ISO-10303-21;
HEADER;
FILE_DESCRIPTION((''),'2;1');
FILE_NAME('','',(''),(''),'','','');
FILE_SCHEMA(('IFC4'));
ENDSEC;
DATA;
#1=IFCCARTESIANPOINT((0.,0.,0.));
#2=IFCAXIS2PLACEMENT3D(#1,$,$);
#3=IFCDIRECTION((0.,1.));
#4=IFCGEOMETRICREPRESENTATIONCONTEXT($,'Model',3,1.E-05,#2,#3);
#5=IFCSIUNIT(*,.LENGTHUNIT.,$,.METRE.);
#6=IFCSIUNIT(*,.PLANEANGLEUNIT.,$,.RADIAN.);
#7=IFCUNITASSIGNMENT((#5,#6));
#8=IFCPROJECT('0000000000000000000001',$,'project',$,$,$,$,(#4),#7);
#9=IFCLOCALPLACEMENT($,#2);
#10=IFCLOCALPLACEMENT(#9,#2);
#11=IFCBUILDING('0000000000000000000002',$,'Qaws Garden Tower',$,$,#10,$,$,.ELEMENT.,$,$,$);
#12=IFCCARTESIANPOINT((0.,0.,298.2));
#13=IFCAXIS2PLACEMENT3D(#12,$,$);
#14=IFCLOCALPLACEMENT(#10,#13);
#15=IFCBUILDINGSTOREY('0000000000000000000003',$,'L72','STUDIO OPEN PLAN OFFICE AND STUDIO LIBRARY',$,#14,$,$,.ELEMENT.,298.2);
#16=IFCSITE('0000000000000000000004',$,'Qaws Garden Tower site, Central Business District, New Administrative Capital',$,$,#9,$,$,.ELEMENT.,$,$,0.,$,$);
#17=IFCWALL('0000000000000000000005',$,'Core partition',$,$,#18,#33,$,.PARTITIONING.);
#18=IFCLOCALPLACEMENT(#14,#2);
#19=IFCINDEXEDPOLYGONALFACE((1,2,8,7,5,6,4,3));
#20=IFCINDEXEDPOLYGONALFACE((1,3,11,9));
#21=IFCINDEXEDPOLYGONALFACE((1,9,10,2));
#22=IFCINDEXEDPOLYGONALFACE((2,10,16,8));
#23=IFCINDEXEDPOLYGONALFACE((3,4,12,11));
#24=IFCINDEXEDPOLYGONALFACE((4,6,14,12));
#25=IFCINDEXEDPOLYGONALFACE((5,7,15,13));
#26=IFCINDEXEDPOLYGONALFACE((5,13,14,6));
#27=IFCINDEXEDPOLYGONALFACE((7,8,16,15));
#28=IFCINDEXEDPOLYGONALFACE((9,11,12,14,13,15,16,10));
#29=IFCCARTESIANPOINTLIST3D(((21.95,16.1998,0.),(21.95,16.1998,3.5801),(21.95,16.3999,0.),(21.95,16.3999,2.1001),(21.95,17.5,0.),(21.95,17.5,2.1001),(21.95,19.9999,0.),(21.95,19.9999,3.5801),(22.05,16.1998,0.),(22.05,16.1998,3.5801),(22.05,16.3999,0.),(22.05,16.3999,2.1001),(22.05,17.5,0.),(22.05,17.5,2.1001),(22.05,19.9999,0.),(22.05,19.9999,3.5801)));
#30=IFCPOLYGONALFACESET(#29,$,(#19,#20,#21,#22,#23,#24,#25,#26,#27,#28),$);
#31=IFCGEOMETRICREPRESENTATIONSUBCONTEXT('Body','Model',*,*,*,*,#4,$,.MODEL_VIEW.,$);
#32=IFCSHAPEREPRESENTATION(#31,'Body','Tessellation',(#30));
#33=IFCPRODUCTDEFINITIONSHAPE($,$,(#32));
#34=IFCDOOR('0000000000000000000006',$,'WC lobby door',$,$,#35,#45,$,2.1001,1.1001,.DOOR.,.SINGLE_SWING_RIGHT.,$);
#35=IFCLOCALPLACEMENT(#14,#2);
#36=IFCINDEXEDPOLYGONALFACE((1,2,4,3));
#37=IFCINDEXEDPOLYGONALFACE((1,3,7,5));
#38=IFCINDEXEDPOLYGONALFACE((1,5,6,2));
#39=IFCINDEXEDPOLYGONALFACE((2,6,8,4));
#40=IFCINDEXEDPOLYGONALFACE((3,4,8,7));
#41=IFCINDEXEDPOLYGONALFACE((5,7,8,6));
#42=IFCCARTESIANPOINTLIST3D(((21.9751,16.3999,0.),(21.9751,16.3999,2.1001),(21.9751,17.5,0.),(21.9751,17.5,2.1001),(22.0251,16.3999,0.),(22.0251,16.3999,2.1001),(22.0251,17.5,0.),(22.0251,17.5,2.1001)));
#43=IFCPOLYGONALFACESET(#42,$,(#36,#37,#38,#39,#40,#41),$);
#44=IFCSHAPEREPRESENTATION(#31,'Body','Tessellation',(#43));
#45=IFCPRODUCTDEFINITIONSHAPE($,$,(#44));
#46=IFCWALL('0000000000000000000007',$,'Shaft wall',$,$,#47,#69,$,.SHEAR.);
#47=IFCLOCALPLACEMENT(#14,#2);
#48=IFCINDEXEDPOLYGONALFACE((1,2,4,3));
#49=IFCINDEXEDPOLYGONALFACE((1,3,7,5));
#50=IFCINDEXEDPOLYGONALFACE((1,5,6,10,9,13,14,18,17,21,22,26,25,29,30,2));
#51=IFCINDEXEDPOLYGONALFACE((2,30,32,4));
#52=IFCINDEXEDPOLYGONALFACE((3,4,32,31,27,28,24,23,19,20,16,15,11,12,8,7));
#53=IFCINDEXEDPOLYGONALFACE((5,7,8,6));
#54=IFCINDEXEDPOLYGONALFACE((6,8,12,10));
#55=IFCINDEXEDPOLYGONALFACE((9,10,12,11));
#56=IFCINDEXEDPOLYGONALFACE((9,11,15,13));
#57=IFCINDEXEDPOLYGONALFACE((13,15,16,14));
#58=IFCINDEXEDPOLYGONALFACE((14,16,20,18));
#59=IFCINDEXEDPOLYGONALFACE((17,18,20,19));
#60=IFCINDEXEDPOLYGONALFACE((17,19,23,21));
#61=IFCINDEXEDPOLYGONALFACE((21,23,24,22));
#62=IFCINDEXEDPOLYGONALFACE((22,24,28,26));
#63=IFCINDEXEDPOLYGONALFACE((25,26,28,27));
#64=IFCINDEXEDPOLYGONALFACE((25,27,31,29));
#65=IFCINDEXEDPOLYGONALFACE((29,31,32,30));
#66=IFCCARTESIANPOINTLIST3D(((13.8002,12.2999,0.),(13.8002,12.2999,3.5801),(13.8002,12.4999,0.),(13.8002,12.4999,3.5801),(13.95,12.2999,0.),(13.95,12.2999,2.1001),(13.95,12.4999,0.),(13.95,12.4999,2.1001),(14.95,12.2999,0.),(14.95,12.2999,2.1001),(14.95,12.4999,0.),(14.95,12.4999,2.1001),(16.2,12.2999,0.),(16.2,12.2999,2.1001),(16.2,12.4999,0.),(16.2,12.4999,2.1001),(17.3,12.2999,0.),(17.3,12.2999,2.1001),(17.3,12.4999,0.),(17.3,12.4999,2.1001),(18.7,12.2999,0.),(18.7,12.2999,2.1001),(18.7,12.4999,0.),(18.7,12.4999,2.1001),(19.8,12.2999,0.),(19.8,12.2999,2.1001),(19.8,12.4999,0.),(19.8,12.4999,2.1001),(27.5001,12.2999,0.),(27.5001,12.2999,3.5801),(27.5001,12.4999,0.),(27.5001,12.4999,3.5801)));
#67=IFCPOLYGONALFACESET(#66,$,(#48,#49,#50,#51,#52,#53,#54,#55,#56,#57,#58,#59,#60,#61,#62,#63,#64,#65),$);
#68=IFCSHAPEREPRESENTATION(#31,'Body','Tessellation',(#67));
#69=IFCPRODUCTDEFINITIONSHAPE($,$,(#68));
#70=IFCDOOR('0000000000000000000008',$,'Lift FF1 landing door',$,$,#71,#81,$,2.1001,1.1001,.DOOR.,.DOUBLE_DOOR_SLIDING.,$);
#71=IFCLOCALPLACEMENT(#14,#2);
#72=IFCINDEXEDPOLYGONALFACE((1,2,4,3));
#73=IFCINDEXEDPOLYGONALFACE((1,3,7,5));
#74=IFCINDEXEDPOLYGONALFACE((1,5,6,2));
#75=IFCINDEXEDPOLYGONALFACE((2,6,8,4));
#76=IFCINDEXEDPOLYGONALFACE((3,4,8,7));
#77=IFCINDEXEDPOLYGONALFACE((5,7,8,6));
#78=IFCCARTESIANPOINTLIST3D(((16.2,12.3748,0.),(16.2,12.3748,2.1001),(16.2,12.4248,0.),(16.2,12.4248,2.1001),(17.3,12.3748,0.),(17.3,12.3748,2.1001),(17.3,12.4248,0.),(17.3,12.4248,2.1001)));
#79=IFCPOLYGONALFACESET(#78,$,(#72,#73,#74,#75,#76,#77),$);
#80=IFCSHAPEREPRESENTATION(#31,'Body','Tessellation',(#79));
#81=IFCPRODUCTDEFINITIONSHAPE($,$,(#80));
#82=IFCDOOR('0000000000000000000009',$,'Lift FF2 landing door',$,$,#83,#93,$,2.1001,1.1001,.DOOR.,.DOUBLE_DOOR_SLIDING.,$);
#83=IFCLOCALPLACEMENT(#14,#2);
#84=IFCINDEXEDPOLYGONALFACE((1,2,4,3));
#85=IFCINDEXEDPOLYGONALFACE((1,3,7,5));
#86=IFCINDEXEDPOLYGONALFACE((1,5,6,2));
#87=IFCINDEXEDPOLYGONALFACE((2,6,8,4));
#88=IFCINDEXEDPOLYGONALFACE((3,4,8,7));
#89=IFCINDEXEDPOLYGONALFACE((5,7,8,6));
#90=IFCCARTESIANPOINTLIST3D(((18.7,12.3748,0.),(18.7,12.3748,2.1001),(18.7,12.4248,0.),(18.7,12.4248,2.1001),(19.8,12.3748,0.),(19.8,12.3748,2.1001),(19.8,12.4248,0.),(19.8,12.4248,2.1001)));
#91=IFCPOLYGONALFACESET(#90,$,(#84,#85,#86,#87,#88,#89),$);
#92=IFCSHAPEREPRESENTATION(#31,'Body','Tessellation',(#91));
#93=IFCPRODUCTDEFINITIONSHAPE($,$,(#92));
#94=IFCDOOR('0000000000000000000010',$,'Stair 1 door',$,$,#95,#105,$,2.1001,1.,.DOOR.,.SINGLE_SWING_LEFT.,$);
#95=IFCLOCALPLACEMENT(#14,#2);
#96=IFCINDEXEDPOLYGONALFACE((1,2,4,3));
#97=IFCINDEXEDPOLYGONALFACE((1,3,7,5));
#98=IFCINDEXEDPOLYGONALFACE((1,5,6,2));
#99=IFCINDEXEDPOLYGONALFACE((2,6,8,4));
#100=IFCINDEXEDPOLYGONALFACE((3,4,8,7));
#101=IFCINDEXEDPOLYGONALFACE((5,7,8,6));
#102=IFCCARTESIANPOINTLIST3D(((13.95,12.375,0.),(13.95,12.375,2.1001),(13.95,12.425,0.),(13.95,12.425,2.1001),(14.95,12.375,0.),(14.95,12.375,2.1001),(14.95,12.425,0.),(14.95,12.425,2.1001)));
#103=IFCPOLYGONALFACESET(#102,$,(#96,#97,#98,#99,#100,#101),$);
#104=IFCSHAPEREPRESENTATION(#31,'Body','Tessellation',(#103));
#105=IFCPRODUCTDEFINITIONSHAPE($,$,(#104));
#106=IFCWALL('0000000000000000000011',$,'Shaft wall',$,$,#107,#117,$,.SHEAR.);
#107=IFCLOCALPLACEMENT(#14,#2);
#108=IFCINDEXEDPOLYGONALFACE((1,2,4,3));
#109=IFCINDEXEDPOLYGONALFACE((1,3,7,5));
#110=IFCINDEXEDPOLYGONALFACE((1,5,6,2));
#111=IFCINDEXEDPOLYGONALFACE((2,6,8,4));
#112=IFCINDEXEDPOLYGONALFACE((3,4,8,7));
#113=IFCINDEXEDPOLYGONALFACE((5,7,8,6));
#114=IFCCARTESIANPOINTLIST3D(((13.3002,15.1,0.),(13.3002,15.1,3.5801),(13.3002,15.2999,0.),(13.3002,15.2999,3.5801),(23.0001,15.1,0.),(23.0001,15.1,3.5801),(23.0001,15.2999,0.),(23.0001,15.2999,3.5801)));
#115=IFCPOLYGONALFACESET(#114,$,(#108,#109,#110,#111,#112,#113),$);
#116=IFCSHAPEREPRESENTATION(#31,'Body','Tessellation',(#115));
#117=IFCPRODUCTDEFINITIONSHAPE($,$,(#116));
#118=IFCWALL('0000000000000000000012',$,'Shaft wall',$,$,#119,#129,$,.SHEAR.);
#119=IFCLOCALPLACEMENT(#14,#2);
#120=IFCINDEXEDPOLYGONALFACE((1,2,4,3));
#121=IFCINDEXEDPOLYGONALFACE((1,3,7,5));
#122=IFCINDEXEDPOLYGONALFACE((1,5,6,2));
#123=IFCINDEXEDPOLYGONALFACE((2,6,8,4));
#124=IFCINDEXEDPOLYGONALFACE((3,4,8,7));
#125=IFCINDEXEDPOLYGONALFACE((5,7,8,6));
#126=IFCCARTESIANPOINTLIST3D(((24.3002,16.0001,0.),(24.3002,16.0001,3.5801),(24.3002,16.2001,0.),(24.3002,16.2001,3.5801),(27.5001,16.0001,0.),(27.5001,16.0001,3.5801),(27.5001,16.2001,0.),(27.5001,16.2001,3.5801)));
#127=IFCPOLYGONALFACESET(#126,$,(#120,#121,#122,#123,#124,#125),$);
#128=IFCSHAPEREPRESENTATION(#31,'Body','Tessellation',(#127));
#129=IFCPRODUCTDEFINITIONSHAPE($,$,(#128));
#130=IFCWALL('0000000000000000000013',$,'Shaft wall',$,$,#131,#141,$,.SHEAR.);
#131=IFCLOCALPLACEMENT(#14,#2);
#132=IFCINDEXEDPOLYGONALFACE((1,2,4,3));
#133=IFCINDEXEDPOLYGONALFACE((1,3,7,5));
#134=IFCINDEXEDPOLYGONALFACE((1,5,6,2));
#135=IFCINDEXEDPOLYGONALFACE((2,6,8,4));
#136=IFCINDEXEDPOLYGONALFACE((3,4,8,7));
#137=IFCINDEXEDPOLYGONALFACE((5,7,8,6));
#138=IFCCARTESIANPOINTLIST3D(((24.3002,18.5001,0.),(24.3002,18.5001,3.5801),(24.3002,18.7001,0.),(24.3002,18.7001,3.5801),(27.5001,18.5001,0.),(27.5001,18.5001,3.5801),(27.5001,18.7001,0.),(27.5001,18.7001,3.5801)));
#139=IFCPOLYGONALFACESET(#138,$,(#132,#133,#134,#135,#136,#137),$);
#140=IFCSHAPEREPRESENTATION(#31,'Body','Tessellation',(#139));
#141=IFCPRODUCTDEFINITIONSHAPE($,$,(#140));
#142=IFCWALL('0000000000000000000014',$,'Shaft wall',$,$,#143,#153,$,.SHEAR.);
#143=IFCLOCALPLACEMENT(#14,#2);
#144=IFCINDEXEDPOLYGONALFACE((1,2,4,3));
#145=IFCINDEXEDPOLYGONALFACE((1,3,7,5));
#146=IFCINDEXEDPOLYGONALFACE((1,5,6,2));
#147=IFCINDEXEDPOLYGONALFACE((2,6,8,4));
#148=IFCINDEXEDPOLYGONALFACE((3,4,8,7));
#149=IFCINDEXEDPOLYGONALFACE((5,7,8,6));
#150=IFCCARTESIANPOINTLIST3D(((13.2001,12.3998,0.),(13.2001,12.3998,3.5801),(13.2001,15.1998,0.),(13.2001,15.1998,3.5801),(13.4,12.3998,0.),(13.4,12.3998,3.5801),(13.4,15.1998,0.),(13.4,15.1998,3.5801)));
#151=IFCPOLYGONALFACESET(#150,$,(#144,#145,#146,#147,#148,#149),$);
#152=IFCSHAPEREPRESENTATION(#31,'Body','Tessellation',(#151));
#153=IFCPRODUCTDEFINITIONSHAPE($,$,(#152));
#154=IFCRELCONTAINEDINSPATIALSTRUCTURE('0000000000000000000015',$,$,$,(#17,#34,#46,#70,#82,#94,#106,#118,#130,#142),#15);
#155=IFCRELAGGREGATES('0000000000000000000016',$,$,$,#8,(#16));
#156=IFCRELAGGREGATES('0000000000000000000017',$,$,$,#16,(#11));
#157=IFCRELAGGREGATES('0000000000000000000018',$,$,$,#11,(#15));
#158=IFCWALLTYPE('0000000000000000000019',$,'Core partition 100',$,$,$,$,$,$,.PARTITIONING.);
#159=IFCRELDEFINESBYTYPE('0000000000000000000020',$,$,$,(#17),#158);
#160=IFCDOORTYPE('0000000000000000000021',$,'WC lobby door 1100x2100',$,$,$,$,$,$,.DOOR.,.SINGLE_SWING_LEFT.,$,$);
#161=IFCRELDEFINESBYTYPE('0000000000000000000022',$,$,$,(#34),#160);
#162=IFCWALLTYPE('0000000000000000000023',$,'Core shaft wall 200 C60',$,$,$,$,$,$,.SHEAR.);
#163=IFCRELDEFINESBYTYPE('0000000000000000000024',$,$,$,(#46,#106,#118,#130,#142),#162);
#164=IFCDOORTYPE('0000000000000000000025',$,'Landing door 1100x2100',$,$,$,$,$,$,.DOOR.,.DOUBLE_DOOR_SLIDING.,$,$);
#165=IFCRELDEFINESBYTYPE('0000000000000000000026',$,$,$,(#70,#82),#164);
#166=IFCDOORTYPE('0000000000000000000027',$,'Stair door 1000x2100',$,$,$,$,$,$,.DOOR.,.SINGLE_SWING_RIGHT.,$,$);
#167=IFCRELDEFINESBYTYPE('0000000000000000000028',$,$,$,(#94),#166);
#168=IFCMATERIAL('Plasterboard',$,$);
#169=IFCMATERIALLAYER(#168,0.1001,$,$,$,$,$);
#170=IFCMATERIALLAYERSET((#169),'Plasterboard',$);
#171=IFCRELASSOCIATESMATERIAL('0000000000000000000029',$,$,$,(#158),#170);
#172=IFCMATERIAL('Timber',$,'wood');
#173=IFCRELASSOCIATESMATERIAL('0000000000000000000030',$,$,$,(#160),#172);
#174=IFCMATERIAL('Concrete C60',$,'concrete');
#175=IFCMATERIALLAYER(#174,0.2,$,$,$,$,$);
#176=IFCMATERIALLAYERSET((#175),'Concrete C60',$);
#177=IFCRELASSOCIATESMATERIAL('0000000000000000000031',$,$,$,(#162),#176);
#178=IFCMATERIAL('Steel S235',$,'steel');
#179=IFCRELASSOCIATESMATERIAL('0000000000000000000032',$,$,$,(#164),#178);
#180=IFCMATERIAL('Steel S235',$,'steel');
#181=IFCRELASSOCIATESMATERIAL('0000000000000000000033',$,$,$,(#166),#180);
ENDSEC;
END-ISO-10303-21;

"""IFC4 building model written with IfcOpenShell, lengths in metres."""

from ifc_helpers import new_model, si_unit, direction, frame, frame_2d, origin, place, context, subcontext, project, spatial, rectangle, extrude, material, layer, layer_set, type_object, element, fill, save


model = new_model("IFC4")

# Units and contexts
model_context = context("Model", 3, precision=1e-05, world=origin(), true_north=direction((0.0, 1.0)))
body_context = subcontext(model_context, "Body", "Model", "MODEL_VIEW")
ifc_project = project(units=[si_unit("LENGTHUNIT", "METRE"), si_unit("PLANEANGLEUNIT", "RADIAN")], contexts=[model_context])

# Site, building, storey
site_placement = place(None, origin())
site = spatial("IfcSite", under=ifc_project, at=site_placement, Name="Qaws Garden Tower site, Central Business District, New Administrative Capital", CompositionType="ELEMENT", RefElevation=0.0)
building_placement = place(site_placement, origin())
building = spatial("IfcBuilding", under=site, at=building_placement, Name="Qaws Garden Tower", CompositionType="ELEMENT")
storey_placement = place(building_placement, frame((0.0, 0.0, 298.2)))
storey = spatial("IfcBuildingStorey", under=building, at=storey_placement, Name="L72", Description="STUDIO OPEN PLAN OFFICE AND STUDIO LIBRARY", CompositionType="ELEMENT", Elevation=298.2)

# Shared definitions
ifc_material_1 = material(Name="Plasterboard")
ifc_layer_1 = layer(ifc_material_1, 0.1001)
ifc_layer_set_1 = layer_set([ifc_layer_1], Name="Plasterboard")
wall_type_1 = type_object("IfcWallType", Name="Core partition 100", PredefinedType="PARTITIONING", material=ifc_layer_set_1)

# Wall, opening, door
wall_1_placement = place(storey_placement, frame((22.0, 16.2, 0.0), z_axis=(0.0, 0.0, 1.0), x_axis=(0.0, 1.0, 0.0)))
wall_1 = element("IfcWall", 1, at=wall_1_placement, inside=storey, type_object=wall_type_1, Name="Core partition", PredefinedType="PARTITIONING", context=body_context, shape_type="SweptSolid", body=[
    extrude(rectangle(XDim=3.8, YDim=0.1001, at=frame_2d((1.8999, 0.0))), origin(), (0.0, 0.0, 1.0), 3.5801),
])
opening_1_placement = place(wall_1_placement, frame((0.2, 0.0, 0.0)))
opening_1 = element("IfcOpeningElement", 2, at=opening_1_placement, cuts=wall_1, PredefinedType="OPENING", context=body_context, shape_type="SweptSolid", body=[
    extrude(rectangle(XDim=1.1001, YDim=2.1001, at=frame_2d((0.55, 1.05))), frame((0.0, 0.0601, 0.0), z_axis=(0.0, -1.0, 0.0), x_axis=(1.0, 0.0, 0.0)), (0.0, 0.0, 1.0), 0.1201),
])
ifc_material_2 = material(Name="Timber", Category="wood")
door_type_1 = type_object("IfcDoorType", Name="WC lobby door 1100x2100", OperationType="SINGLE_SWING_LEFT", PredefinedType="DOOR", material=ifc_material_2)
door_1_placement = place(opening_1_placement, origin())
door_1 = element("IfcDoor", 3, at=door_1_placement, inside=storey, type_object=door_type_1, Name="WC lobby door", OperationType="SINGLE_SWING_RIGHT", OverallHeight=2.1001, OverallWidth=1.1001, PredefinedType="DOOR", context=body_context, shape_type="SweptSolid", body=[
    extrude(rectangle(XDim=1.1001, YDim=2.1001, at=frame_2d((0.55, 1.05))), frame((0.0, 0.0249, 0.0), z_axis=(0.0, -1.0, 0.0), x_axis=(1.0, 0.0, 0.0)), (0.0, 0.0, 1.0), 0.05),
])
fill(opening_1, door_1)

# Wall, openings, doors
ifc_material_3 = material(Name="Concrete C60", Category="concrete")
ifc_layer_2 = layer(ifc_material_3, 0.2)
ifc_layer_set_2 = layer_set([ifc_layer_2], Name="Concrete C60")
wall_type_2 = type_object("IfcWallType", Name="Core shaft wall 200 C60", PredefinedType="SHEAR", material=ifc_layer_set_2)
wall_2_placement = place(storey_placement, frame((13.8, 12.3999, 0.0), z_axis=(0.0, 0.0, 1.0), x_axis=(1.0, 0.0, 0.0)))
wall_2 = element("IfcWall", 4, at=wall_2_placement, inside=storey, type_object=wall_type_2, Name="Shaft wall", PredefinedType="SHEAR", context=body_context, shape_type="SweptSolid", body=[
    extrude(rectangle(XDim=13.7, YDim=0.2, at=frame_2d((6.8501, 0.0))), origin(), (0.0, 0.0, 1.0), 3.5801),
])
opening_2_placement = place(wall_2_placement, frame((2.3999, 0.0, 0.0)))
opening_2 = element("IfcOpeningElement", 5, at=opening_2_placement, cuts=wall_2, PredefinedType="OPENING", context=body_context, shape_type="SweptSolid", body=[
    extrude(rectangle(XDim=1.1001, YDim=2.1001, at=frame_2d((0.55, 1.05))), frame((0.0, 0.1099, 0.0), z_axis=(0.0, -1.0, 0.0), x_axis=(1.0, 0.0, 0.0)), (0.0, 0.0, 1.0), 0.22),
])
opening_3_placement = place(wall_2_placement, frame((4.8999, 0.0, 0.0)))
opening_3 = element("IfcOpeningElement", 6, at=opening_3_placement, cuts=wall_2, PredefinedType="OPENING", context=body_context, shape_type="SweptSolid", body=[
    extrude(rectangle(XDim=1.1001, YDim=2.1001, at=frame_2d((0.55, 1.05))), frame((0.0, 0.1099, 0.0), z_axis=(0.0, -1.0, 0.0), x_axis=(1.0, 0.0, 0.0)), (0.0, 0.0, 1.0), 0.22),
])
opening_4_placement = place(wall_2_placement, frame((0.1499, 0.0, 0.0)))
opening_4 = element("IfcOpeningElement", 7, at=opening_4_placement, cuts=wall_2, PredefinedType="OPENING", context=body_context, shape_type="SweptSolid", body=[
    extrude(rectangle(XDim=1.0, YDim=2.1001, at=frame_2d((0.5, 1.05))), frame((0.0, 0.1099, 0.0), z_axis=(0.0, -1.0, 0.0), x_axis=(1.0, 0.0, 0.0)), (0.0, 0.0, 1.0), 0.22),
])
ifc_material_4 = material(Name="Steel S235", Category="steel")
door_type_2 = type_object("IfcDoorType", Name="Landing door 1100x2100", OperationType="DOUBLE_DOOR_SLIDING", PredefinedType="DOOR", material=ifc_material_4)
door_2_placement = place(opening_2_placement, origin())
door_2 = element("IfcDoor", 8, at=door_2_placement, inside=storey, type_object=door_type_2, Name="Lift FF1 landing door", OperationType="DOUBLE_DOOR_SLIDING", OverallHeight=2.1001, OverallWidth=1.1001, PredefinedType="DOOR", context=body_context, shape_type="SweptSolid", body=[
    extrude(rectangle(XDim=1.1001, YDim=2.1001, at=frame_2d((0.55, 1.05))), frame((0.0, 0.0249, 0.0), z_axis=(0.0, -1.0, 0.0), x_axis=(1.0, 0.0, 0.0)), (0.0, 0.0, 1.0), 0.05),
])
fill(opening_2, door_2)
door_3_placement = place(opening_3_placement, origin())
door_3 = element("IfcDoor", 9, at=door_3_placement, inside=storey, type_object=door_type_2, Name="Lift FF2 landing door", OperationType="DOUBLE_DOOR_SLIDING", OverallHeight=2.1001, OverallWidth=1.1001, PredefinedType="DOOR", context=body_context, shape_type="SweptSolid", body=[
    extrude(rectangle(XDim=1.1001, YDim=2.1001, at=frame_2d((0.55, 1.05))), frame((0.0, 0.0249, 0.0), z_axis=(0.0, -1.0, 0.0), x_axis=(1.0, 0.0, 0.0)), (0.0, 0.0, 1.0), 0.05),
])
fill(opening_3, door_3)
ifc_material_5 = material(Name="Steel S235", Category="steel")
door_type_3 = type_object("IfcDoorType", Name="Stair door 1000x2100", OperationType="SINGLE_SWING_RIGHT", PredefinedType="DOOR", material=ifc_material_5)
door_4_placement = place(opening_4_placement, frame((1.0, 0.0, 0.0), z_axis=(0.0, 0.0, 1.0), x_axis=(-1.0, 0.0, 0.0)))
door_4 = element("IfcDoor", 10, at=door_4_placement, inside=storey, type_object=door_type_3, Name="Stair 1 door", OperationType="SINGLE_SWING_LEFT", OverallHeight=2.1001, OverallWidth=1.0, PredefinedType="DOOR", context=body_context, shape_type="SweptSolid", body=[
    extrude(rectangle(XDim=1.0, YDim=2.1001, at=frame_2d((0.5, 1.05))), frame((0.0, 0.0249, 0.0), z_axis=(0.0, -1.0, 0.0), x_axis=(1.0, 0.0, 0.0)), (0.0, 0.0, 1.0), 0.05),
])
fill(opening_4, door_4)

# Walls
wall_3_placement = place(storey_placement, frame((13.3, 15.2, 0.0), z_axis=(0.0, 0.0, 1.0), x_axis=(1.0, 0.0, 0.0)))
element("IfcWall", 11, at=wall_3_placement, inside=storey, type_object=wall_type_2, Name="Shaft wall", PredefinedType="SHEAR", context=body_context, shape_type="SweptSolid", body=[
    extrude(rectangle(XDim=9.7, YDim=0.2, at=frame_2d((4.8501, 0.0))), origin(), (0.0, 0.0, 1.0), 3.5801),
])
for number, where, z_axis, x_axis, name in (
    (12, (24.3, 16.1001, 0.0), (0.0, 0.0, 1.0), (1.0, 0.0, 0.0), "Shaft wall"),
    (13, (24.3, 18.6001, 0.0), (0.0, 0.0, 1.0), (1.0, 0.0, 0.0), "Shaft wall"),
):
    element("IfcWall", number, at=place(storey_placement, frame(where, z_axis=z_axis, x_axis=x_axis)), inside=storey, type_object=wall_type_2, Name=name, PredefinedType="SHEAR", context=body_context, shape_type="SweptSolid", body=[
        extrude(rectangle(XDim=3.2, YDim=0.2, at=frame_2d((1.6001, 0.0))), origin(), (0.0, 0.0, 1.0), 3.5801),
    ])
wall_4_placement = place(storey_placement, frame((13.3, 12.3999, 0.0), z_axis=(0.0, 0.0, 1.0), x_axis=(0.0, 1.0, 0.0)))
element("IfcWall", 14, at=wall_4_placement, inside=storey, type_object=wall_type_2, Name="Shaft wall", PredefinedType="SHEAR", context=body_context, shape_type="SweptSolid", body=[
    extrude(rectangle(XDim=2.8, YDim=0.2, at=frame_2d((1.3999, 0.0))), origin(), (0.0, 0.0, 1.0), 3.5801),
])

save(model, "model.ifc")
